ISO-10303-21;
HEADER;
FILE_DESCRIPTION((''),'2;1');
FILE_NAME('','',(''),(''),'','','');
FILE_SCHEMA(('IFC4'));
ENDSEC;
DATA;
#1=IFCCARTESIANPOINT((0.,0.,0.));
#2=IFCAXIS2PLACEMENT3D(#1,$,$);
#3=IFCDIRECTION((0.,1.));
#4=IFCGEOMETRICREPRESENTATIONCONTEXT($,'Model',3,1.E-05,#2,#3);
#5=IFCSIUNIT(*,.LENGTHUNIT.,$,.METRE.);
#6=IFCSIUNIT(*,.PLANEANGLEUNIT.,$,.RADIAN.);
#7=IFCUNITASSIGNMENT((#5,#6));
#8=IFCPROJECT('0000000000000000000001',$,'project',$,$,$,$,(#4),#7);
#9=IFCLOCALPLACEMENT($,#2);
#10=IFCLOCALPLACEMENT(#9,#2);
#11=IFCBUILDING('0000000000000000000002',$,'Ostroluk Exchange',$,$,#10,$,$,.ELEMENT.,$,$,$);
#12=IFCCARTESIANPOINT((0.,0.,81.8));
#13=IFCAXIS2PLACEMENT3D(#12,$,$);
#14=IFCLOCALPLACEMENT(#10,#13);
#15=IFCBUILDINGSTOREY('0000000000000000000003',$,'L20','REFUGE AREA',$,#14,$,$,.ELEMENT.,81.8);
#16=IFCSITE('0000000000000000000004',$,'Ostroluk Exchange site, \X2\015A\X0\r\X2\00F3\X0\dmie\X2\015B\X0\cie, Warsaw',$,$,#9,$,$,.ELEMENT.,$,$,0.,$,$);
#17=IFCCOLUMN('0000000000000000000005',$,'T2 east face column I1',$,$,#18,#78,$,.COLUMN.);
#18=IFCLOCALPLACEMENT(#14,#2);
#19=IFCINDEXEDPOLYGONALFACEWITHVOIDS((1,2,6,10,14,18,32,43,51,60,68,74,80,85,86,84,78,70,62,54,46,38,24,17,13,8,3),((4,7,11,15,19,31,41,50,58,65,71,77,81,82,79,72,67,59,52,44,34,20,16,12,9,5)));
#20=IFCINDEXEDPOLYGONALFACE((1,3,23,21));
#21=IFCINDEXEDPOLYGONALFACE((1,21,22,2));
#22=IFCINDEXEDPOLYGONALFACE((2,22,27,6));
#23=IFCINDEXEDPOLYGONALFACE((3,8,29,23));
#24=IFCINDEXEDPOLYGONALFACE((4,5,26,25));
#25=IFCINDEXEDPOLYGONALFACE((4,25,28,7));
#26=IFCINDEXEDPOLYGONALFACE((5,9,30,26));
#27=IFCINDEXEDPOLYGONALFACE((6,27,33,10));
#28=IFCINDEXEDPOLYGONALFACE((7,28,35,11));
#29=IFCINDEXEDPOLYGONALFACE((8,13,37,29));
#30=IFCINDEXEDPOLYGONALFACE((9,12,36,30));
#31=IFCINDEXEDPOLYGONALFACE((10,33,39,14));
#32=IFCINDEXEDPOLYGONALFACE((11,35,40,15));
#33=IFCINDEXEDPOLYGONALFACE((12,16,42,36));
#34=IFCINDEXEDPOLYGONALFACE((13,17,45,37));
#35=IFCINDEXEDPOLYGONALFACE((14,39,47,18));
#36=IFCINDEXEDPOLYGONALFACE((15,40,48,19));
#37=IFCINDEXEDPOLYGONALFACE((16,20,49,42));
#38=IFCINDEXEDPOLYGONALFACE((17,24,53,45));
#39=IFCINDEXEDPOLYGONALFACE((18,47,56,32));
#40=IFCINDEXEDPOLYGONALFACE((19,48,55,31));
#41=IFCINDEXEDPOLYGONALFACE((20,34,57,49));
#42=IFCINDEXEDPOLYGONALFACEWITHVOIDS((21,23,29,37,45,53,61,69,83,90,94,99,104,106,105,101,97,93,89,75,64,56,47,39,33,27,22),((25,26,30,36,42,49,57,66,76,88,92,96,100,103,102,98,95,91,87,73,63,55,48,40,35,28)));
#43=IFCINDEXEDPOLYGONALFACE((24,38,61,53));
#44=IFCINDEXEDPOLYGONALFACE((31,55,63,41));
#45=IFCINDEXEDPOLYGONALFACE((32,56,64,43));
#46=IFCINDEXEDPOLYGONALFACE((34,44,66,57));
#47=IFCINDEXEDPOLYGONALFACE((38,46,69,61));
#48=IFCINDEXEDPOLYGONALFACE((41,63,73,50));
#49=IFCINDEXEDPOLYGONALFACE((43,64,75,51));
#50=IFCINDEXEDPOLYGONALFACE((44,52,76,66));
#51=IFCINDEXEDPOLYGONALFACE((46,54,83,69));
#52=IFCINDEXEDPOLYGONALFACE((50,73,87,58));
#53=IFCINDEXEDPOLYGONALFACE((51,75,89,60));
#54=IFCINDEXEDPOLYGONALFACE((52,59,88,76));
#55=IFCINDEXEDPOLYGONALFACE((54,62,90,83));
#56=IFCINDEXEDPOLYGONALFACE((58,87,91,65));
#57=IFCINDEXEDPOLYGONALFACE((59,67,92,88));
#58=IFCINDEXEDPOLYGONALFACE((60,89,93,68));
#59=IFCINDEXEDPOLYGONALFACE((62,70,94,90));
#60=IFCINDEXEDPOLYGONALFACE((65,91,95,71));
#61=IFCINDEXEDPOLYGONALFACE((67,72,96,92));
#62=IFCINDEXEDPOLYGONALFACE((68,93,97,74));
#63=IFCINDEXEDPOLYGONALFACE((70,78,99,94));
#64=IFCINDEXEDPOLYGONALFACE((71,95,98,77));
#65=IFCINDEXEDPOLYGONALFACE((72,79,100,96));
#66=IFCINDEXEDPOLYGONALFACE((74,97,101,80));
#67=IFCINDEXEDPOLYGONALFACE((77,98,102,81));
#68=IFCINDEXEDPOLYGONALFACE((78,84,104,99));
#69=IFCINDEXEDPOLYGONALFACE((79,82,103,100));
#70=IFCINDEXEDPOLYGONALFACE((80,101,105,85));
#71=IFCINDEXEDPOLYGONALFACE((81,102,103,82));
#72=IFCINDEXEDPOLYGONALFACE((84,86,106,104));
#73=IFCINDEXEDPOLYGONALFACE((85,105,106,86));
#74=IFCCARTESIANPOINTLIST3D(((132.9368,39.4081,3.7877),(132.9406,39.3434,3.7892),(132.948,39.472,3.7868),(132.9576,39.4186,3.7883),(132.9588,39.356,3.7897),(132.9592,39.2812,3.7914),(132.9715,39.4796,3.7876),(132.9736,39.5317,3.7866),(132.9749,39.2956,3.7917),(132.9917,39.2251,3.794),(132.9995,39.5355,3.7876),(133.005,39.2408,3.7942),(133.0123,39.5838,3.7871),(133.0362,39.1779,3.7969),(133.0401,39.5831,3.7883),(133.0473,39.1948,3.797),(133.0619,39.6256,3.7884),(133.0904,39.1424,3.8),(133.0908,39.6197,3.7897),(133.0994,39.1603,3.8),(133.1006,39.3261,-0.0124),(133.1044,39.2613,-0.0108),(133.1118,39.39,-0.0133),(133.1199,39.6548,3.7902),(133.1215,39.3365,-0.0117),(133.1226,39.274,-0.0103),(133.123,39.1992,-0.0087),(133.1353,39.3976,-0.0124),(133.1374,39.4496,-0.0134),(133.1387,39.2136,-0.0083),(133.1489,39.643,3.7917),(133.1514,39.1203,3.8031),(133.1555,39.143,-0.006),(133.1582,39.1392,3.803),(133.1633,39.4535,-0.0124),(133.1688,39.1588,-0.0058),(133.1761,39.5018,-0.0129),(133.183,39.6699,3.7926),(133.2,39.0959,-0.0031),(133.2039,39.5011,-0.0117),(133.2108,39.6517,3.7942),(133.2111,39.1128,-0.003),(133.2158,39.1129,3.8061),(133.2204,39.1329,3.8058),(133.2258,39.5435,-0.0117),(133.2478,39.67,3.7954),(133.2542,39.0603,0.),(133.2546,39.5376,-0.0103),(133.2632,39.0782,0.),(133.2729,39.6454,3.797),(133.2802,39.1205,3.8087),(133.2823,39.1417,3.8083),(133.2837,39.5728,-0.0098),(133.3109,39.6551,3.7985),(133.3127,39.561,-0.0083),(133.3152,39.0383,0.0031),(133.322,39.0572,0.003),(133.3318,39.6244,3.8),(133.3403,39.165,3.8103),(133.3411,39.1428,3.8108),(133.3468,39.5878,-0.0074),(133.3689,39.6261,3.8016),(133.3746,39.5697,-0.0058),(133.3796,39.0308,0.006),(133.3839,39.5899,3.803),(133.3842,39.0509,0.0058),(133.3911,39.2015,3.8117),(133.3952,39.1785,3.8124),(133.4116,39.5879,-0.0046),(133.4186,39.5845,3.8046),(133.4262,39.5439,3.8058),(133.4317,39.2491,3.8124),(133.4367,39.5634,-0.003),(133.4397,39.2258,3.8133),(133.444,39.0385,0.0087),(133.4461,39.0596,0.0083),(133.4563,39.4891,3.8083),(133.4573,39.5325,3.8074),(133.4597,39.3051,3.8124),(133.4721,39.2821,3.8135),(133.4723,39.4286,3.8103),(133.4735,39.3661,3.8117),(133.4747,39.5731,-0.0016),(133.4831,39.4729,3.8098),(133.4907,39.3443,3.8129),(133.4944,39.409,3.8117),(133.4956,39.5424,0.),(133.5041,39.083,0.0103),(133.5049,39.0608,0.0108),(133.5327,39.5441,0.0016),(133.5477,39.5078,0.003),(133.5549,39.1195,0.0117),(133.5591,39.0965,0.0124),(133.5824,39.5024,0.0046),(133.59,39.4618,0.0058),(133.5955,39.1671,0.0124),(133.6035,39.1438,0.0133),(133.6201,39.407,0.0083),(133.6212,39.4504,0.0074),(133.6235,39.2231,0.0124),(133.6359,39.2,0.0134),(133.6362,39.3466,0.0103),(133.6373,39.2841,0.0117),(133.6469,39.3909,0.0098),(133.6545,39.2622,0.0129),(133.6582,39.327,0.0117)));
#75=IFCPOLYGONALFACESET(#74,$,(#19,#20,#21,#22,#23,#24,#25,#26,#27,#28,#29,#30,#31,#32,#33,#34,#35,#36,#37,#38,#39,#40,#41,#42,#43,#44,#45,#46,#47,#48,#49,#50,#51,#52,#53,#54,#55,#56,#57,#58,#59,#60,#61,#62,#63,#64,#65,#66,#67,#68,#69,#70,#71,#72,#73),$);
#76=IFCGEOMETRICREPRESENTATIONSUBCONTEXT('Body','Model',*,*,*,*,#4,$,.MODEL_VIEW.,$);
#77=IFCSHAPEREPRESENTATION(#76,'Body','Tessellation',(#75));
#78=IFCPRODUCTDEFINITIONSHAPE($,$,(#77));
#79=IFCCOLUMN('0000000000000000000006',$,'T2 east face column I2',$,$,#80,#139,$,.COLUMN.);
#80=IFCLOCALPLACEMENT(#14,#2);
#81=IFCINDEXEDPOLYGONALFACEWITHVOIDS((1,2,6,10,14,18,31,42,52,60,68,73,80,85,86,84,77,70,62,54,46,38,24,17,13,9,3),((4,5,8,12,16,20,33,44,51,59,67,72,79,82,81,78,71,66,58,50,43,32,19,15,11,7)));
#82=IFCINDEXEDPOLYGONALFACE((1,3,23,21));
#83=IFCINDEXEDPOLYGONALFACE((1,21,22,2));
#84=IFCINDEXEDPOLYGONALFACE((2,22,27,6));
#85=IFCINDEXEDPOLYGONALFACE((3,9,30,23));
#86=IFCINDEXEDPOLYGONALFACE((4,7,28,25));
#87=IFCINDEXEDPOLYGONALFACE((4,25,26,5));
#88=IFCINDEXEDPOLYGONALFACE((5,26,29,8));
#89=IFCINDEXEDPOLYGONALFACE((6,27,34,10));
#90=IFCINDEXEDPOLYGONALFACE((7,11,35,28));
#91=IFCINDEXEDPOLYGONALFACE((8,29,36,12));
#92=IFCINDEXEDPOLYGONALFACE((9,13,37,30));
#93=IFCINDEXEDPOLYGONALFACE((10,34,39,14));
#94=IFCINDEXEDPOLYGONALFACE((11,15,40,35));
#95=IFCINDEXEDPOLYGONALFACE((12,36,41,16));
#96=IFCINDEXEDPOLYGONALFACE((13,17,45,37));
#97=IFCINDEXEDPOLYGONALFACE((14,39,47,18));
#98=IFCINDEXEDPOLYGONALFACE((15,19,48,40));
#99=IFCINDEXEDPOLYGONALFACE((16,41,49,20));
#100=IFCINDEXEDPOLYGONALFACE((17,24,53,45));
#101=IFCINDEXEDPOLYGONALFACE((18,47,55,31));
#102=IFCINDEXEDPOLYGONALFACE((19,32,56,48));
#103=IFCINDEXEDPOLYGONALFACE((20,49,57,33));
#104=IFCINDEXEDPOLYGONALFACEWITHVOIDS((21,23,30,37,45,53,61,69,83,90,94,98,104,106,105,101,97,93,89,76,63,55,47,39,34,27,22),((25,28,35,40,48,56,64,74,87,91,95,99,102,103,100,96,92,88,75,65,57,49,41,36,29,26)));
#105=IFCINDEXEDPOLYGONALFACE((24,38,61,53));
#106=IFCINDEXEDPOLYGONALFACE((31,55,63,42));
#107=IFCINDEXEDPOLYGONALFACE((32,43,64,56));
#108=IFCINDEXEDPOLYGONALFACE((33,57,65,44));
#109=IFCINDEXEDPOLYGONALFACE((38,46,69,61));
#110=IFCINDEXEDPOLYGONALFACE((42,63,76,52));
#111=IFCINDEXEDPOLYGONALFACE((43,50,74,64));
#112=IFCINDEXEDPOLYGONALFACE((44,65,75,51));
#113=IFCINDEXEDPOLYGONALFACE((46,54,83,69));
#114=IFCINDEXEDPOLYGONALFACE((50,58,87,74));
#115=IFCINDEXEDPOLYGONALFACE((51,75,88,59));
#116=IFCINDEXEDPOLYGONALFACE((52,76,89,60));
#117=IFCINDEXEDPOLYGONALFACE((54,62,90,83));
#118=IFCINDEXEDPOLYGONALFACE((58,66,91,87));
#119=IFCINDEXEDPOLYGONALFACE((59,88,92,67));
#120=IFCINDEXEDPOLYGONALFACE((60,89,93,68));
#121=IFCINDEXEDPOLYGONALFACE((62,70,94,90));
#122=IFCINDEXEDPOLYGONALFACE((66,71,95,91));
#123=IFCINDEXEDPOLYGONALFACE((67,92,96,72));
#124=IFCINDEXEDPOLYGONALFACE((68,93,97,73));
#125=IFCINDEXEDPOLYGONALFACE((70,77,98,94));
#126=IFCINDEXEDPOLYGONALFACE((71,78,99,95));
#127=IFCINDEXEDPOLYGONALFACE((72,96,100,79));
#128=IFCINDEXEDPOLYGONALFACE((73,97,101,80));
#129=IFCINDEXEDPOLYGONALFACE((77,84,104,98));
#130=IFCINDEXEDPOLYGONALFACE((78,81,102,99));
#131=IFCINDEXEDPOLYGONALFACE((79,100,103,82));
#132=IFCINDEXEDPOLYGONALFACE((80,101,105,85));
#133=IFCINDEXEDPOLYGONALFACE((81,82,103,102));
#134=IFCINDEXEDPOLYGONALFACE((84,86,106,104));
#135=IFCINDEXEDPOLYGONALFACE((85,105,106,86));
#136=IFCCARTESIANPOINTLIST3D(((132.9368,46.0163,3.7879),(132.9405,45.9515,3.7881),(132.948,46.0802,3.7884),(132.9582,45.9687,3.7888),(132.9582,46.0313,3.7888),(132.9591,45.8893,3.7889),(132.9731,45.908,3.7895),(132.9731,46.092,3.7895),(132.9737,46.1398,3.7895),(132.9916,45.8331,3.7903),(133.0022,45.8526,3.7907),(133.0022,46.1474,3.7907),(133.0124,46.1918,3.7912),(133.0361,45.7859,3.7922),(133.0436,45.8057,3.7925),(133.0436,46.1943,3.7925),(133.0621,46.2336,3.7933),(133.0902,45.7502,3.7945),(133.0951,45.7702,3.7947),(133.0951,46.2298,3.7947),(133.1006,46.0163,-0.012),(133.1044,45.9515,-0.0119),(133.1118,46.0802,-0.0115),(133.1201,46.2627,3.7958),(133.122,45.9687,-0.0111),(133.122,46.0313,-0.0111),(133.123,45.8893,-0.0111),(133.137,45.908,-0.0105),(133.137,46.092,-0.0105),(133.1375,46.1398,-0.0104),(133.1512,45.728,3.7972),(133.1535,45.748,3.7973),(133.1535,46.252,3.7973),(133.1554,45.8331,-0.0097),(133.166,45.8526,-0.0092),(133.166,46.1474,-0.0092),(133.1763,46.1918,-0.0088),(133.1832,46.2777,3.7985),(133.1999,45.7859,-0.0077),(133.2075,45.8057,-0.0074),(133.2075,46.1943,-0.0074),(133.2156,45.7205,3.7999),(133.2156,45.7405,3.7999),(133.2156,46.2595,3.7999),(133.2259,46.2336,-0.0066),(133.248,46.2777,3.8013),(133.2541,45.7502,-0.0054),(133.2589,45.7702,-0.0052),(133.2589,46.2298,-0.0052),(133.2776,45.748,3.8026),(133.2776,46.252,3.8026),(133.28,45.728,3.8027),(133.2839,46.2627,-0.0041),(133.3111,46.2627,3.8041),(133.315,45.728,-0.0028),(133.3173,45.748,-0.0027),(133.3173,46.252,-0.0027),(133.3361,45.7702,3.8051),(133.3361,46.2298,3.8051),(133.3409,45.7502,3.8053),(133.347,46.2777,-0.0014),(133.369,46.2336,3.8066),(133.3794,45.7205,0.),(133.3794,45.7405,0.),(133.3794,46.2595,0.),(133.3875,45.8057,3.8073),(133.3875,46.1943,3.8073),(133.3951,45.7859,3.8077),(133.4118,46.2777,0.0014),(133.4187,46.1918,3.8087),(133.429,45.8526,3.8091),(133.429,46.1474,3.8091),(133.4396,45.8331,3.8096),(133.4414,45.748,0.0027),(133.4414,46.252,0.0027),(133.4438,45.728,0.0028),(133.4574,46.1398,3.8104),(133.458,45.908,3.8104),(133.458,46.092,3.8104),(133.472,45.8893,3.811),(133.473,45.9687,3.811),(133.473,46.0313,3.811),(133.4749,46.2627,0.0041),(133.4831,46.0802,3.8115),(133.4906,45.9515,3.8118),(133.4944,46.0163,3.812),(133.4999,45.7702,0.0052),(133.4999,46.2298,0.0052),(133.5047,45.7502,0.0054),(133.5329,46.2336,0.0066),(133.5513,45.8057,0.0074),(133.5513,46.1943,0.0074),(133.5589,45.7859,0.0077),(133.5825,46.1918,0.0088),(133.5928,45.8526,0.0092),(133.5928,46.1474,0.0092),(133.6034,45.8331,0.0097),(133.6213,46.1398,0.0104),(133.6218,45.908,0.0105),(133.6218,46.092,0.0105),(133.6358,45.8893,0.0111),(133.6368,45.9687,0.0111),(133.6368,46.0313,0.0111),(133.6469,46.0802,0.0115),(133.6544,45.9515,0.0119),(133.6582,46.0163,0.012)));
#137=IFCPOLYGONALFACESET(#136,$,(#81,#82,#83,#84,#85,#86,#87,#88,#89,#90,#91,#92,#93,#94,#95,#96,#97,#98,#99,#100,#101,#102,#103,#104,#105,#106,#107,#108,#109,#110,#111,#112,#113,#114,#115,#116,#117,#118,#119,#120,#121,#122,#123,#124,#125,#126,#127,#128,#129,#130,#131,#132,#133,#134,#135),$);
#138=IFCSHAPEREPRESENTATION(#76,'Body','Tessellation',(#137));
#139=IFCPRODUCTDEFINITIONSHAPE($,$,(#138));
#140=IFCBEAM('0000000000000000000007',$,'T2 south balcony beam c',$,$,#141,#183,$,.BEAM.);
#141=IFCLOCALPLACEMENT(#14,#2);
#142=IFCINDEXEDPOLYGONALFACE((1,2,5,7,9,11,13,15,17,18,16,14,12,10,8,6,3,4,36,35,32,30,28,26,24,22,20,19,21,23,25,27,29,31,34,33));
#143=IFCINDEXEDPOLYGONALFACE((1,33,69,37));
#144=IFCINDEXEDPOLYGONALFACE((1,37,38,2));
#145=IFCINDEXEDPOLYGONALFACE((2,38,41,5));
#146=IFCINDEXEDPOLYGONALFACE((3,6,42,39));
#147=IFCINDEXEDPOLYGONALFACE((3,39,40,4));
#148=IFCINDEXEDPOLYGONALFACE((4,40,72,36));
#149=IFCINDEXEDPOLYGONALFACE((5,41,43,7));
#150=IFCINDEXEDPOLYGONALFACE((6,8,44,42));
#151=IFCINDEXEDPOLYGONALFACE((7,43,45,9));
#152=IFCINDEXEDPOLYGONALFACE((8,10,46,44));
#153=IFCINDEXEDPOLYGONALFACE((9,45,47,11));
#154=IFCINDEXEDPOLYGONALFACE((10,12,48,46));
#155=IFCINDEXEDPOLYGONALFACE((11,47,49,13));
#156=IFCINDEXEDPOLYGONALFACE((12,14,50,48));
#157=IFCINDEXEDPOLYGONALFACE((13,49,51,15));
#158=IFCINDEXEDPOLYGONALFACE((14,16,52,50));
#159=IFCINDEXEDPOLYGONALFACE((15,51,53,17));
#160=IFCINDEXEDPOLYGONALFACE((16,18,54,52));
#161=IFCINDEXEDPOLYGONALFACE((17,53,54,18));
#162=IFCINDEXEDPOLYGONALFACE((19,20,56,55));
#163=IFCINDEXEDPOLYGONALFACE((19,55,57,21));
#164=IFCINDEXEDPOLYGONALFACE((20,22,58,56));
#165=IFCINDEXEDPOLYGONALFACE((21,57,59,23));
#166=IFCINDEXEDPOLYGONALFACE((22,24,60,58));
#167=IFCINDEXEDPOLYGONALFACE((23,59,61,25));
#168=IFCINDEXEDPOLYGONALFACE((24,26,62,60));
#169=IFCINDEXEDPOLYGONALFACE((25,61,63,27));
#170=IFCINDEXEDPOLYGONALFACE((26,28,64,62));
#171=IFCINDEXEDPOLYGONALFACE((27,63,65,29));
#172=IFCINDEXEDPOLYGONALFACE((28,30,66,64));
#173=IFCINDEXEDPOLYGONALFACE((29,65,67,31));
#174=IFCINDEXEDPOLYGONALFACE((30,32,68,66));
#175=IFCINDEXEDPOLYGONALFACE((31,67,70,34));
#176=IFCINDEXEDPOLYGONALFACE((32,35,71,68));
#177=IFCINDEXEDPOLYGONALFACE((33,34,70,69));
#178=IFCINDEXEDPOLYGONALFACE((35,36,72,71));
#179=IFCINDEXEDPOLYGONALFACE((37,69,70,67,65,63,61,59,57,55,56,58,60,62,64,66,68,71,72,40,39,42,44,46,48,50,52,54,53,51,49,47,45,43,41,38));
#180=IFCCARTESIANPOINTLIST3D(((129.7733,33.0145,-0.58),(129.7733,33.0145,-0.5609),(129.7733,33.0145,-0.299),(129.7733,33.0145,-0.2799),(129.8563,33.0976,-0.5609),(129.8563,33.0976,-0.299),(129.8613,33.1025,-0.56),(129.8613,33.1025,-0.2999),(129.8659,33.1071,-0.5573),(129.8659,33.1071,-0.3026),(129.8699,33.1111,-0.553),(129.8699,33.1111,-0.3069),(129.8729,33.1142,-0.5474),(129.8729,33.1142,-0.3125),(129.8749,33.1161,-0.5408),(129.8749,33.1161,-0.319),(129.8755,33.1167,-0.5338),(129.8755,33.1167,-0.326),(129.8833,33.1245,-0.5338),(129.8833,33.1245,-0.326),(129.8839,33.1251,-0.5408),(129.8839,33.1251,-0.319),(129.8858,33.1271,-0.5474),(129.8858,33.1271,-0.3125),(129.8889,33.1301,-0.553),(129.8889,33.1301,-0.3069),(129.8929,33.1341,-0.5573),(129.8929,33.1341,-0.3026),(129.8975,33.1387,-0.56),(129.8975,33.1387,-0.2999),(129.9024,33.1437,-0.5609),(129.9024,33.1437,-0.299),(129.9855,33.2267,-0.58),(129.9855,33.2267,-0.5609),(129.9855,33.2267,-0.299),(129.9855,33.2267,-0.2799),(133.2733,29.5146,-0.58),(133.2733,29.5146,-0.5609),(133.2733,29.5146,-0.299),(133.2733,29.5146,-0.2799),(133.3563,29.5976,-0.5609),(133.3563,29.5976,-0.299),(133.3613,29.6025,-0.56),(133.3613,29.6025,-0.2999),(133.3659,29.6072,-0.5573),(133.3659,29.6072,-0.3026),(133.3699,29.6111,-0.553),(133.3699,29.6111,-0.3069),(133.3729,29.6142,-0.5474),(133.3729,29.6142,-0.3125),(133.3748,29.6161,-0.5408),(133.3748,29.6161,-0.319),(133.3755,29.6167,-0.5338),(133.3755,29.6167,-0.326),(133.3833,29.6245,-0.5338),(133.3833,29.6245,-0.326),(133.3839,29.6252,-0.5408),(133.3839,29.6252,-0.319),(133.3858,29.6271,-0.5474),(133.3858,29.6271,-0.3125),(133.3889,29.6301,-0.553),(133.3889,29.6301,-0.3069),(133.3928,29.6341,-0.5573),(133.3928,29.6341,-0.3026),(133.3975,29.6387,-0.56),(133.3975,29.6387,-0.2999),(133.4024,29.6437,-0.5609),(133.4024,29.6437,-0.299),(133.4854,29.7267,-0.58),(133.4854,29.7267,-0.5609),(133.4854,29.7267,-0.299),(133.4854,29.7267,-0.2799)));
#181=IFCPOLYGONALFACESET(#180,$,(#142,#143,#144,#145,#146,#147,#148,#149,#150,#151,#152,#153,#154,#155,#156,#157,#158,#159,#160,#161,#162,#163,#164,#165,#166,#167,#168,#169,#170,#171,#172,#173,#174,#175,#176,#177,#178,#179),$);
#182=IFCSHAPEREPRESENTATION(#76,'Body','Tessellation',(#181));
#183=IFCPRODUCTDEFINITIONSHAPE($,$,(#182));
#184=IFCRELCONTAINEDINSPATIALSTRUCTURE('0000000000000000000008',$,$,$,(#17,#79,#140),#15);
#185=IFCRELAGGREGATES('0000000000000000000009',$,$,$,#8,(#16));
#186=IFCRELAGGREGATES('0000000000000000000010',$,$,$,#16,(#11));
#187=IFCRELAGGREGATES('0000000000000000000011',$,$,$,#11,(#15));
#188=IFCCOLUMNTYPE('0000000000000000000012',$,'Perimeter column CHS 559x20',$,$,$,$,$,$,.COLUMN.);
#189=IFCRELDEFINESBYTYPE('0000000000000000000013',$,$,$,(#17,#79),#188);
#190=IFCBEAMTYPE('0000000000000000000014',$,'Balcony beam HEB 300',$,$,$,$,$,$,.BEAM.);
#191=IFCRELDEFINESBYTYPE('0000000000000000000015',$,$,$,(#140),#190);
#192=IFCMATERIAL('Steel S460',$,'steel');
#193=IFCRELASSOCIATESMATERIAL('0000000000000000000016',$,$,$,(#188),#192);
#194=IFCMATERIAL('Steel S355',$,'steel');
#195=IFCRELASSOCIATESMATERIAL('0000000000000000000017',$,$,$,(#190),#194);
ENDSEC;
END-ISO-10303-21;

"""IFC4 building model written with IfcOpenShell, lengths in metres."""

from ifc_helpers import new_model, si_unit, direction, frame, origin, origin_2d, place, context, subcontext, project, spatial, hollow_circle, i_section, extrude, material, material_profile, profile_set, type_object, element, save


model = new_model("IFC4")

# Units and contexts
model_context = context("Model", 3, precision=1e-05, world=origin(), true_north=direction((0.0, 1.0)))
body_context = subcontext(model_context, "Body", "Model", "MODEL_VIEW")
ifc_project = project(units=[si_unit("LENGTHUNIT", "METRE"), si_unit("PLANEANGLEUNIT", "RADIAN")], contexts=[model_context])

# Site, building, storey
site_placement = place(None, origin())
site = spatial("IfcSite", under=ifc_project, at=site_placement, Name="Ostroluk Exchange site, Śródmieście, Warsaw", CompositionType="ELEMENT", RefElevation=0.0)
building_placement = place(site_placement, origin())
building = spatial("IfcBuilding", under=site, at=building_placement, Name="Ostroluk Exchange", CompositionType="ELEMENT")
storey_placement = place(building_placement, frame((0.0, 0.0, 81.8)))
storey = spatial("IfcBuildingStorey", under=building, at=storey_placement, Name="L20", Description="REFUGE AREA", CompositionType="ELEMENT", Elevation=81.8)

# Columns
ifc_material_1 = material(Name="Steel S460", Category="steel")
ifc_material_profile_1 = material_profile(ifc_material_1, hollow_circle(Radius=0.2795, WallThickness=0.02, at=origin_2d()), Name="CHS 559x20")
ifc_profile_set_1 = profile_set([ifc_material_profile_1], Name="Steel S460")
column_type = type_object("IfcColumnType", Name="Perimeter column CHS 559x20", PredefinedType="COLUMN", material=ifc_profile_set_1)
column_1_placement = place(storey_placement, frame((133.3794, 39.3103, 0.0), z_axis=(-0.04306, 0.021562, 0.99884), x_axis=(-0.447747, -0.894161, 0.0)))
element("IfcColumn", 1, at=column_1_placement, inside=storey, type_object=column_type, Name="T2 east face column I1", PredefinedType="COLUMN", context=body_context, shape_type="SweptSolid", body=[
    extrude(hollow_circle(Radius=0.2795, WallThickness=0.02, at=origin_2d()), origin(), (0.0, 0.0, 1.0), 3.8044),
])
column_2_placement = place(storey_placement, frame((133.3794, 46.0, 0.0), z_axis=(-0.04307, 0.0, 0.999072), x_axis=(0.0, -1.0, 0.0)))
element("IfcColumn", 2, at=column_2_placement, inside=storey, type_object=column_type, Name="T2 east face column I2", PredefinedType="COLUMN", context=body_context, shape_type="SweptSolid", body=[
    extrude(hollow_circle(Radius=0.2795, WallThickness=0.02, at=origin_2d()), origin(), (0.0, 0.0, 1.0), 3.8035),
])

# Beam
ifc_material_2 = material(Name="Steel S355", Category="steel")
ifc_material_profile_2 = material_profile(ifc_material_2, i_section(OverallWidth=0.3, OverallDepth=0.3, WebThickness=0.011, FlangeThickness=0.019, FilletRadius=0.0271, at=origin_2d()), Name="HEB 300")
ifc_profile_set_2 = profile_set([ifc_material_profile_2], Name="Steel S355")
beam_type_1 = type_object("IfcBeamType", Name="Balcony beam HEB 300", PredefinedType="BEAM", material=ifc_profile_set_2)
beam_1_placement = place(storey_placement, frame((129.8794, 33.1206, -0.4299), z_axis=(0.707107, -0.707107, 0.0), x_axis=(0.707107, 0.707107, 0.0)))
element("IfcBeam", 3, at=beam_1_placement, inside=storey, type_object=beam_type_1, Name="T2 south balcony beam c", PredefinedType="BEAM", context=body_context, shape_type="SweptSolid", body=[
    extrude(i_section(OverallWidth=0.3, OverallDepth=0.3, WebThickness=0.011, FlangeThickness=0.019, FilletRadius=0.0271, at=origin_2d()), origin(), (0.0, 0.0, 1.0), 4.9497),
])

save(model, "model.ifc")
